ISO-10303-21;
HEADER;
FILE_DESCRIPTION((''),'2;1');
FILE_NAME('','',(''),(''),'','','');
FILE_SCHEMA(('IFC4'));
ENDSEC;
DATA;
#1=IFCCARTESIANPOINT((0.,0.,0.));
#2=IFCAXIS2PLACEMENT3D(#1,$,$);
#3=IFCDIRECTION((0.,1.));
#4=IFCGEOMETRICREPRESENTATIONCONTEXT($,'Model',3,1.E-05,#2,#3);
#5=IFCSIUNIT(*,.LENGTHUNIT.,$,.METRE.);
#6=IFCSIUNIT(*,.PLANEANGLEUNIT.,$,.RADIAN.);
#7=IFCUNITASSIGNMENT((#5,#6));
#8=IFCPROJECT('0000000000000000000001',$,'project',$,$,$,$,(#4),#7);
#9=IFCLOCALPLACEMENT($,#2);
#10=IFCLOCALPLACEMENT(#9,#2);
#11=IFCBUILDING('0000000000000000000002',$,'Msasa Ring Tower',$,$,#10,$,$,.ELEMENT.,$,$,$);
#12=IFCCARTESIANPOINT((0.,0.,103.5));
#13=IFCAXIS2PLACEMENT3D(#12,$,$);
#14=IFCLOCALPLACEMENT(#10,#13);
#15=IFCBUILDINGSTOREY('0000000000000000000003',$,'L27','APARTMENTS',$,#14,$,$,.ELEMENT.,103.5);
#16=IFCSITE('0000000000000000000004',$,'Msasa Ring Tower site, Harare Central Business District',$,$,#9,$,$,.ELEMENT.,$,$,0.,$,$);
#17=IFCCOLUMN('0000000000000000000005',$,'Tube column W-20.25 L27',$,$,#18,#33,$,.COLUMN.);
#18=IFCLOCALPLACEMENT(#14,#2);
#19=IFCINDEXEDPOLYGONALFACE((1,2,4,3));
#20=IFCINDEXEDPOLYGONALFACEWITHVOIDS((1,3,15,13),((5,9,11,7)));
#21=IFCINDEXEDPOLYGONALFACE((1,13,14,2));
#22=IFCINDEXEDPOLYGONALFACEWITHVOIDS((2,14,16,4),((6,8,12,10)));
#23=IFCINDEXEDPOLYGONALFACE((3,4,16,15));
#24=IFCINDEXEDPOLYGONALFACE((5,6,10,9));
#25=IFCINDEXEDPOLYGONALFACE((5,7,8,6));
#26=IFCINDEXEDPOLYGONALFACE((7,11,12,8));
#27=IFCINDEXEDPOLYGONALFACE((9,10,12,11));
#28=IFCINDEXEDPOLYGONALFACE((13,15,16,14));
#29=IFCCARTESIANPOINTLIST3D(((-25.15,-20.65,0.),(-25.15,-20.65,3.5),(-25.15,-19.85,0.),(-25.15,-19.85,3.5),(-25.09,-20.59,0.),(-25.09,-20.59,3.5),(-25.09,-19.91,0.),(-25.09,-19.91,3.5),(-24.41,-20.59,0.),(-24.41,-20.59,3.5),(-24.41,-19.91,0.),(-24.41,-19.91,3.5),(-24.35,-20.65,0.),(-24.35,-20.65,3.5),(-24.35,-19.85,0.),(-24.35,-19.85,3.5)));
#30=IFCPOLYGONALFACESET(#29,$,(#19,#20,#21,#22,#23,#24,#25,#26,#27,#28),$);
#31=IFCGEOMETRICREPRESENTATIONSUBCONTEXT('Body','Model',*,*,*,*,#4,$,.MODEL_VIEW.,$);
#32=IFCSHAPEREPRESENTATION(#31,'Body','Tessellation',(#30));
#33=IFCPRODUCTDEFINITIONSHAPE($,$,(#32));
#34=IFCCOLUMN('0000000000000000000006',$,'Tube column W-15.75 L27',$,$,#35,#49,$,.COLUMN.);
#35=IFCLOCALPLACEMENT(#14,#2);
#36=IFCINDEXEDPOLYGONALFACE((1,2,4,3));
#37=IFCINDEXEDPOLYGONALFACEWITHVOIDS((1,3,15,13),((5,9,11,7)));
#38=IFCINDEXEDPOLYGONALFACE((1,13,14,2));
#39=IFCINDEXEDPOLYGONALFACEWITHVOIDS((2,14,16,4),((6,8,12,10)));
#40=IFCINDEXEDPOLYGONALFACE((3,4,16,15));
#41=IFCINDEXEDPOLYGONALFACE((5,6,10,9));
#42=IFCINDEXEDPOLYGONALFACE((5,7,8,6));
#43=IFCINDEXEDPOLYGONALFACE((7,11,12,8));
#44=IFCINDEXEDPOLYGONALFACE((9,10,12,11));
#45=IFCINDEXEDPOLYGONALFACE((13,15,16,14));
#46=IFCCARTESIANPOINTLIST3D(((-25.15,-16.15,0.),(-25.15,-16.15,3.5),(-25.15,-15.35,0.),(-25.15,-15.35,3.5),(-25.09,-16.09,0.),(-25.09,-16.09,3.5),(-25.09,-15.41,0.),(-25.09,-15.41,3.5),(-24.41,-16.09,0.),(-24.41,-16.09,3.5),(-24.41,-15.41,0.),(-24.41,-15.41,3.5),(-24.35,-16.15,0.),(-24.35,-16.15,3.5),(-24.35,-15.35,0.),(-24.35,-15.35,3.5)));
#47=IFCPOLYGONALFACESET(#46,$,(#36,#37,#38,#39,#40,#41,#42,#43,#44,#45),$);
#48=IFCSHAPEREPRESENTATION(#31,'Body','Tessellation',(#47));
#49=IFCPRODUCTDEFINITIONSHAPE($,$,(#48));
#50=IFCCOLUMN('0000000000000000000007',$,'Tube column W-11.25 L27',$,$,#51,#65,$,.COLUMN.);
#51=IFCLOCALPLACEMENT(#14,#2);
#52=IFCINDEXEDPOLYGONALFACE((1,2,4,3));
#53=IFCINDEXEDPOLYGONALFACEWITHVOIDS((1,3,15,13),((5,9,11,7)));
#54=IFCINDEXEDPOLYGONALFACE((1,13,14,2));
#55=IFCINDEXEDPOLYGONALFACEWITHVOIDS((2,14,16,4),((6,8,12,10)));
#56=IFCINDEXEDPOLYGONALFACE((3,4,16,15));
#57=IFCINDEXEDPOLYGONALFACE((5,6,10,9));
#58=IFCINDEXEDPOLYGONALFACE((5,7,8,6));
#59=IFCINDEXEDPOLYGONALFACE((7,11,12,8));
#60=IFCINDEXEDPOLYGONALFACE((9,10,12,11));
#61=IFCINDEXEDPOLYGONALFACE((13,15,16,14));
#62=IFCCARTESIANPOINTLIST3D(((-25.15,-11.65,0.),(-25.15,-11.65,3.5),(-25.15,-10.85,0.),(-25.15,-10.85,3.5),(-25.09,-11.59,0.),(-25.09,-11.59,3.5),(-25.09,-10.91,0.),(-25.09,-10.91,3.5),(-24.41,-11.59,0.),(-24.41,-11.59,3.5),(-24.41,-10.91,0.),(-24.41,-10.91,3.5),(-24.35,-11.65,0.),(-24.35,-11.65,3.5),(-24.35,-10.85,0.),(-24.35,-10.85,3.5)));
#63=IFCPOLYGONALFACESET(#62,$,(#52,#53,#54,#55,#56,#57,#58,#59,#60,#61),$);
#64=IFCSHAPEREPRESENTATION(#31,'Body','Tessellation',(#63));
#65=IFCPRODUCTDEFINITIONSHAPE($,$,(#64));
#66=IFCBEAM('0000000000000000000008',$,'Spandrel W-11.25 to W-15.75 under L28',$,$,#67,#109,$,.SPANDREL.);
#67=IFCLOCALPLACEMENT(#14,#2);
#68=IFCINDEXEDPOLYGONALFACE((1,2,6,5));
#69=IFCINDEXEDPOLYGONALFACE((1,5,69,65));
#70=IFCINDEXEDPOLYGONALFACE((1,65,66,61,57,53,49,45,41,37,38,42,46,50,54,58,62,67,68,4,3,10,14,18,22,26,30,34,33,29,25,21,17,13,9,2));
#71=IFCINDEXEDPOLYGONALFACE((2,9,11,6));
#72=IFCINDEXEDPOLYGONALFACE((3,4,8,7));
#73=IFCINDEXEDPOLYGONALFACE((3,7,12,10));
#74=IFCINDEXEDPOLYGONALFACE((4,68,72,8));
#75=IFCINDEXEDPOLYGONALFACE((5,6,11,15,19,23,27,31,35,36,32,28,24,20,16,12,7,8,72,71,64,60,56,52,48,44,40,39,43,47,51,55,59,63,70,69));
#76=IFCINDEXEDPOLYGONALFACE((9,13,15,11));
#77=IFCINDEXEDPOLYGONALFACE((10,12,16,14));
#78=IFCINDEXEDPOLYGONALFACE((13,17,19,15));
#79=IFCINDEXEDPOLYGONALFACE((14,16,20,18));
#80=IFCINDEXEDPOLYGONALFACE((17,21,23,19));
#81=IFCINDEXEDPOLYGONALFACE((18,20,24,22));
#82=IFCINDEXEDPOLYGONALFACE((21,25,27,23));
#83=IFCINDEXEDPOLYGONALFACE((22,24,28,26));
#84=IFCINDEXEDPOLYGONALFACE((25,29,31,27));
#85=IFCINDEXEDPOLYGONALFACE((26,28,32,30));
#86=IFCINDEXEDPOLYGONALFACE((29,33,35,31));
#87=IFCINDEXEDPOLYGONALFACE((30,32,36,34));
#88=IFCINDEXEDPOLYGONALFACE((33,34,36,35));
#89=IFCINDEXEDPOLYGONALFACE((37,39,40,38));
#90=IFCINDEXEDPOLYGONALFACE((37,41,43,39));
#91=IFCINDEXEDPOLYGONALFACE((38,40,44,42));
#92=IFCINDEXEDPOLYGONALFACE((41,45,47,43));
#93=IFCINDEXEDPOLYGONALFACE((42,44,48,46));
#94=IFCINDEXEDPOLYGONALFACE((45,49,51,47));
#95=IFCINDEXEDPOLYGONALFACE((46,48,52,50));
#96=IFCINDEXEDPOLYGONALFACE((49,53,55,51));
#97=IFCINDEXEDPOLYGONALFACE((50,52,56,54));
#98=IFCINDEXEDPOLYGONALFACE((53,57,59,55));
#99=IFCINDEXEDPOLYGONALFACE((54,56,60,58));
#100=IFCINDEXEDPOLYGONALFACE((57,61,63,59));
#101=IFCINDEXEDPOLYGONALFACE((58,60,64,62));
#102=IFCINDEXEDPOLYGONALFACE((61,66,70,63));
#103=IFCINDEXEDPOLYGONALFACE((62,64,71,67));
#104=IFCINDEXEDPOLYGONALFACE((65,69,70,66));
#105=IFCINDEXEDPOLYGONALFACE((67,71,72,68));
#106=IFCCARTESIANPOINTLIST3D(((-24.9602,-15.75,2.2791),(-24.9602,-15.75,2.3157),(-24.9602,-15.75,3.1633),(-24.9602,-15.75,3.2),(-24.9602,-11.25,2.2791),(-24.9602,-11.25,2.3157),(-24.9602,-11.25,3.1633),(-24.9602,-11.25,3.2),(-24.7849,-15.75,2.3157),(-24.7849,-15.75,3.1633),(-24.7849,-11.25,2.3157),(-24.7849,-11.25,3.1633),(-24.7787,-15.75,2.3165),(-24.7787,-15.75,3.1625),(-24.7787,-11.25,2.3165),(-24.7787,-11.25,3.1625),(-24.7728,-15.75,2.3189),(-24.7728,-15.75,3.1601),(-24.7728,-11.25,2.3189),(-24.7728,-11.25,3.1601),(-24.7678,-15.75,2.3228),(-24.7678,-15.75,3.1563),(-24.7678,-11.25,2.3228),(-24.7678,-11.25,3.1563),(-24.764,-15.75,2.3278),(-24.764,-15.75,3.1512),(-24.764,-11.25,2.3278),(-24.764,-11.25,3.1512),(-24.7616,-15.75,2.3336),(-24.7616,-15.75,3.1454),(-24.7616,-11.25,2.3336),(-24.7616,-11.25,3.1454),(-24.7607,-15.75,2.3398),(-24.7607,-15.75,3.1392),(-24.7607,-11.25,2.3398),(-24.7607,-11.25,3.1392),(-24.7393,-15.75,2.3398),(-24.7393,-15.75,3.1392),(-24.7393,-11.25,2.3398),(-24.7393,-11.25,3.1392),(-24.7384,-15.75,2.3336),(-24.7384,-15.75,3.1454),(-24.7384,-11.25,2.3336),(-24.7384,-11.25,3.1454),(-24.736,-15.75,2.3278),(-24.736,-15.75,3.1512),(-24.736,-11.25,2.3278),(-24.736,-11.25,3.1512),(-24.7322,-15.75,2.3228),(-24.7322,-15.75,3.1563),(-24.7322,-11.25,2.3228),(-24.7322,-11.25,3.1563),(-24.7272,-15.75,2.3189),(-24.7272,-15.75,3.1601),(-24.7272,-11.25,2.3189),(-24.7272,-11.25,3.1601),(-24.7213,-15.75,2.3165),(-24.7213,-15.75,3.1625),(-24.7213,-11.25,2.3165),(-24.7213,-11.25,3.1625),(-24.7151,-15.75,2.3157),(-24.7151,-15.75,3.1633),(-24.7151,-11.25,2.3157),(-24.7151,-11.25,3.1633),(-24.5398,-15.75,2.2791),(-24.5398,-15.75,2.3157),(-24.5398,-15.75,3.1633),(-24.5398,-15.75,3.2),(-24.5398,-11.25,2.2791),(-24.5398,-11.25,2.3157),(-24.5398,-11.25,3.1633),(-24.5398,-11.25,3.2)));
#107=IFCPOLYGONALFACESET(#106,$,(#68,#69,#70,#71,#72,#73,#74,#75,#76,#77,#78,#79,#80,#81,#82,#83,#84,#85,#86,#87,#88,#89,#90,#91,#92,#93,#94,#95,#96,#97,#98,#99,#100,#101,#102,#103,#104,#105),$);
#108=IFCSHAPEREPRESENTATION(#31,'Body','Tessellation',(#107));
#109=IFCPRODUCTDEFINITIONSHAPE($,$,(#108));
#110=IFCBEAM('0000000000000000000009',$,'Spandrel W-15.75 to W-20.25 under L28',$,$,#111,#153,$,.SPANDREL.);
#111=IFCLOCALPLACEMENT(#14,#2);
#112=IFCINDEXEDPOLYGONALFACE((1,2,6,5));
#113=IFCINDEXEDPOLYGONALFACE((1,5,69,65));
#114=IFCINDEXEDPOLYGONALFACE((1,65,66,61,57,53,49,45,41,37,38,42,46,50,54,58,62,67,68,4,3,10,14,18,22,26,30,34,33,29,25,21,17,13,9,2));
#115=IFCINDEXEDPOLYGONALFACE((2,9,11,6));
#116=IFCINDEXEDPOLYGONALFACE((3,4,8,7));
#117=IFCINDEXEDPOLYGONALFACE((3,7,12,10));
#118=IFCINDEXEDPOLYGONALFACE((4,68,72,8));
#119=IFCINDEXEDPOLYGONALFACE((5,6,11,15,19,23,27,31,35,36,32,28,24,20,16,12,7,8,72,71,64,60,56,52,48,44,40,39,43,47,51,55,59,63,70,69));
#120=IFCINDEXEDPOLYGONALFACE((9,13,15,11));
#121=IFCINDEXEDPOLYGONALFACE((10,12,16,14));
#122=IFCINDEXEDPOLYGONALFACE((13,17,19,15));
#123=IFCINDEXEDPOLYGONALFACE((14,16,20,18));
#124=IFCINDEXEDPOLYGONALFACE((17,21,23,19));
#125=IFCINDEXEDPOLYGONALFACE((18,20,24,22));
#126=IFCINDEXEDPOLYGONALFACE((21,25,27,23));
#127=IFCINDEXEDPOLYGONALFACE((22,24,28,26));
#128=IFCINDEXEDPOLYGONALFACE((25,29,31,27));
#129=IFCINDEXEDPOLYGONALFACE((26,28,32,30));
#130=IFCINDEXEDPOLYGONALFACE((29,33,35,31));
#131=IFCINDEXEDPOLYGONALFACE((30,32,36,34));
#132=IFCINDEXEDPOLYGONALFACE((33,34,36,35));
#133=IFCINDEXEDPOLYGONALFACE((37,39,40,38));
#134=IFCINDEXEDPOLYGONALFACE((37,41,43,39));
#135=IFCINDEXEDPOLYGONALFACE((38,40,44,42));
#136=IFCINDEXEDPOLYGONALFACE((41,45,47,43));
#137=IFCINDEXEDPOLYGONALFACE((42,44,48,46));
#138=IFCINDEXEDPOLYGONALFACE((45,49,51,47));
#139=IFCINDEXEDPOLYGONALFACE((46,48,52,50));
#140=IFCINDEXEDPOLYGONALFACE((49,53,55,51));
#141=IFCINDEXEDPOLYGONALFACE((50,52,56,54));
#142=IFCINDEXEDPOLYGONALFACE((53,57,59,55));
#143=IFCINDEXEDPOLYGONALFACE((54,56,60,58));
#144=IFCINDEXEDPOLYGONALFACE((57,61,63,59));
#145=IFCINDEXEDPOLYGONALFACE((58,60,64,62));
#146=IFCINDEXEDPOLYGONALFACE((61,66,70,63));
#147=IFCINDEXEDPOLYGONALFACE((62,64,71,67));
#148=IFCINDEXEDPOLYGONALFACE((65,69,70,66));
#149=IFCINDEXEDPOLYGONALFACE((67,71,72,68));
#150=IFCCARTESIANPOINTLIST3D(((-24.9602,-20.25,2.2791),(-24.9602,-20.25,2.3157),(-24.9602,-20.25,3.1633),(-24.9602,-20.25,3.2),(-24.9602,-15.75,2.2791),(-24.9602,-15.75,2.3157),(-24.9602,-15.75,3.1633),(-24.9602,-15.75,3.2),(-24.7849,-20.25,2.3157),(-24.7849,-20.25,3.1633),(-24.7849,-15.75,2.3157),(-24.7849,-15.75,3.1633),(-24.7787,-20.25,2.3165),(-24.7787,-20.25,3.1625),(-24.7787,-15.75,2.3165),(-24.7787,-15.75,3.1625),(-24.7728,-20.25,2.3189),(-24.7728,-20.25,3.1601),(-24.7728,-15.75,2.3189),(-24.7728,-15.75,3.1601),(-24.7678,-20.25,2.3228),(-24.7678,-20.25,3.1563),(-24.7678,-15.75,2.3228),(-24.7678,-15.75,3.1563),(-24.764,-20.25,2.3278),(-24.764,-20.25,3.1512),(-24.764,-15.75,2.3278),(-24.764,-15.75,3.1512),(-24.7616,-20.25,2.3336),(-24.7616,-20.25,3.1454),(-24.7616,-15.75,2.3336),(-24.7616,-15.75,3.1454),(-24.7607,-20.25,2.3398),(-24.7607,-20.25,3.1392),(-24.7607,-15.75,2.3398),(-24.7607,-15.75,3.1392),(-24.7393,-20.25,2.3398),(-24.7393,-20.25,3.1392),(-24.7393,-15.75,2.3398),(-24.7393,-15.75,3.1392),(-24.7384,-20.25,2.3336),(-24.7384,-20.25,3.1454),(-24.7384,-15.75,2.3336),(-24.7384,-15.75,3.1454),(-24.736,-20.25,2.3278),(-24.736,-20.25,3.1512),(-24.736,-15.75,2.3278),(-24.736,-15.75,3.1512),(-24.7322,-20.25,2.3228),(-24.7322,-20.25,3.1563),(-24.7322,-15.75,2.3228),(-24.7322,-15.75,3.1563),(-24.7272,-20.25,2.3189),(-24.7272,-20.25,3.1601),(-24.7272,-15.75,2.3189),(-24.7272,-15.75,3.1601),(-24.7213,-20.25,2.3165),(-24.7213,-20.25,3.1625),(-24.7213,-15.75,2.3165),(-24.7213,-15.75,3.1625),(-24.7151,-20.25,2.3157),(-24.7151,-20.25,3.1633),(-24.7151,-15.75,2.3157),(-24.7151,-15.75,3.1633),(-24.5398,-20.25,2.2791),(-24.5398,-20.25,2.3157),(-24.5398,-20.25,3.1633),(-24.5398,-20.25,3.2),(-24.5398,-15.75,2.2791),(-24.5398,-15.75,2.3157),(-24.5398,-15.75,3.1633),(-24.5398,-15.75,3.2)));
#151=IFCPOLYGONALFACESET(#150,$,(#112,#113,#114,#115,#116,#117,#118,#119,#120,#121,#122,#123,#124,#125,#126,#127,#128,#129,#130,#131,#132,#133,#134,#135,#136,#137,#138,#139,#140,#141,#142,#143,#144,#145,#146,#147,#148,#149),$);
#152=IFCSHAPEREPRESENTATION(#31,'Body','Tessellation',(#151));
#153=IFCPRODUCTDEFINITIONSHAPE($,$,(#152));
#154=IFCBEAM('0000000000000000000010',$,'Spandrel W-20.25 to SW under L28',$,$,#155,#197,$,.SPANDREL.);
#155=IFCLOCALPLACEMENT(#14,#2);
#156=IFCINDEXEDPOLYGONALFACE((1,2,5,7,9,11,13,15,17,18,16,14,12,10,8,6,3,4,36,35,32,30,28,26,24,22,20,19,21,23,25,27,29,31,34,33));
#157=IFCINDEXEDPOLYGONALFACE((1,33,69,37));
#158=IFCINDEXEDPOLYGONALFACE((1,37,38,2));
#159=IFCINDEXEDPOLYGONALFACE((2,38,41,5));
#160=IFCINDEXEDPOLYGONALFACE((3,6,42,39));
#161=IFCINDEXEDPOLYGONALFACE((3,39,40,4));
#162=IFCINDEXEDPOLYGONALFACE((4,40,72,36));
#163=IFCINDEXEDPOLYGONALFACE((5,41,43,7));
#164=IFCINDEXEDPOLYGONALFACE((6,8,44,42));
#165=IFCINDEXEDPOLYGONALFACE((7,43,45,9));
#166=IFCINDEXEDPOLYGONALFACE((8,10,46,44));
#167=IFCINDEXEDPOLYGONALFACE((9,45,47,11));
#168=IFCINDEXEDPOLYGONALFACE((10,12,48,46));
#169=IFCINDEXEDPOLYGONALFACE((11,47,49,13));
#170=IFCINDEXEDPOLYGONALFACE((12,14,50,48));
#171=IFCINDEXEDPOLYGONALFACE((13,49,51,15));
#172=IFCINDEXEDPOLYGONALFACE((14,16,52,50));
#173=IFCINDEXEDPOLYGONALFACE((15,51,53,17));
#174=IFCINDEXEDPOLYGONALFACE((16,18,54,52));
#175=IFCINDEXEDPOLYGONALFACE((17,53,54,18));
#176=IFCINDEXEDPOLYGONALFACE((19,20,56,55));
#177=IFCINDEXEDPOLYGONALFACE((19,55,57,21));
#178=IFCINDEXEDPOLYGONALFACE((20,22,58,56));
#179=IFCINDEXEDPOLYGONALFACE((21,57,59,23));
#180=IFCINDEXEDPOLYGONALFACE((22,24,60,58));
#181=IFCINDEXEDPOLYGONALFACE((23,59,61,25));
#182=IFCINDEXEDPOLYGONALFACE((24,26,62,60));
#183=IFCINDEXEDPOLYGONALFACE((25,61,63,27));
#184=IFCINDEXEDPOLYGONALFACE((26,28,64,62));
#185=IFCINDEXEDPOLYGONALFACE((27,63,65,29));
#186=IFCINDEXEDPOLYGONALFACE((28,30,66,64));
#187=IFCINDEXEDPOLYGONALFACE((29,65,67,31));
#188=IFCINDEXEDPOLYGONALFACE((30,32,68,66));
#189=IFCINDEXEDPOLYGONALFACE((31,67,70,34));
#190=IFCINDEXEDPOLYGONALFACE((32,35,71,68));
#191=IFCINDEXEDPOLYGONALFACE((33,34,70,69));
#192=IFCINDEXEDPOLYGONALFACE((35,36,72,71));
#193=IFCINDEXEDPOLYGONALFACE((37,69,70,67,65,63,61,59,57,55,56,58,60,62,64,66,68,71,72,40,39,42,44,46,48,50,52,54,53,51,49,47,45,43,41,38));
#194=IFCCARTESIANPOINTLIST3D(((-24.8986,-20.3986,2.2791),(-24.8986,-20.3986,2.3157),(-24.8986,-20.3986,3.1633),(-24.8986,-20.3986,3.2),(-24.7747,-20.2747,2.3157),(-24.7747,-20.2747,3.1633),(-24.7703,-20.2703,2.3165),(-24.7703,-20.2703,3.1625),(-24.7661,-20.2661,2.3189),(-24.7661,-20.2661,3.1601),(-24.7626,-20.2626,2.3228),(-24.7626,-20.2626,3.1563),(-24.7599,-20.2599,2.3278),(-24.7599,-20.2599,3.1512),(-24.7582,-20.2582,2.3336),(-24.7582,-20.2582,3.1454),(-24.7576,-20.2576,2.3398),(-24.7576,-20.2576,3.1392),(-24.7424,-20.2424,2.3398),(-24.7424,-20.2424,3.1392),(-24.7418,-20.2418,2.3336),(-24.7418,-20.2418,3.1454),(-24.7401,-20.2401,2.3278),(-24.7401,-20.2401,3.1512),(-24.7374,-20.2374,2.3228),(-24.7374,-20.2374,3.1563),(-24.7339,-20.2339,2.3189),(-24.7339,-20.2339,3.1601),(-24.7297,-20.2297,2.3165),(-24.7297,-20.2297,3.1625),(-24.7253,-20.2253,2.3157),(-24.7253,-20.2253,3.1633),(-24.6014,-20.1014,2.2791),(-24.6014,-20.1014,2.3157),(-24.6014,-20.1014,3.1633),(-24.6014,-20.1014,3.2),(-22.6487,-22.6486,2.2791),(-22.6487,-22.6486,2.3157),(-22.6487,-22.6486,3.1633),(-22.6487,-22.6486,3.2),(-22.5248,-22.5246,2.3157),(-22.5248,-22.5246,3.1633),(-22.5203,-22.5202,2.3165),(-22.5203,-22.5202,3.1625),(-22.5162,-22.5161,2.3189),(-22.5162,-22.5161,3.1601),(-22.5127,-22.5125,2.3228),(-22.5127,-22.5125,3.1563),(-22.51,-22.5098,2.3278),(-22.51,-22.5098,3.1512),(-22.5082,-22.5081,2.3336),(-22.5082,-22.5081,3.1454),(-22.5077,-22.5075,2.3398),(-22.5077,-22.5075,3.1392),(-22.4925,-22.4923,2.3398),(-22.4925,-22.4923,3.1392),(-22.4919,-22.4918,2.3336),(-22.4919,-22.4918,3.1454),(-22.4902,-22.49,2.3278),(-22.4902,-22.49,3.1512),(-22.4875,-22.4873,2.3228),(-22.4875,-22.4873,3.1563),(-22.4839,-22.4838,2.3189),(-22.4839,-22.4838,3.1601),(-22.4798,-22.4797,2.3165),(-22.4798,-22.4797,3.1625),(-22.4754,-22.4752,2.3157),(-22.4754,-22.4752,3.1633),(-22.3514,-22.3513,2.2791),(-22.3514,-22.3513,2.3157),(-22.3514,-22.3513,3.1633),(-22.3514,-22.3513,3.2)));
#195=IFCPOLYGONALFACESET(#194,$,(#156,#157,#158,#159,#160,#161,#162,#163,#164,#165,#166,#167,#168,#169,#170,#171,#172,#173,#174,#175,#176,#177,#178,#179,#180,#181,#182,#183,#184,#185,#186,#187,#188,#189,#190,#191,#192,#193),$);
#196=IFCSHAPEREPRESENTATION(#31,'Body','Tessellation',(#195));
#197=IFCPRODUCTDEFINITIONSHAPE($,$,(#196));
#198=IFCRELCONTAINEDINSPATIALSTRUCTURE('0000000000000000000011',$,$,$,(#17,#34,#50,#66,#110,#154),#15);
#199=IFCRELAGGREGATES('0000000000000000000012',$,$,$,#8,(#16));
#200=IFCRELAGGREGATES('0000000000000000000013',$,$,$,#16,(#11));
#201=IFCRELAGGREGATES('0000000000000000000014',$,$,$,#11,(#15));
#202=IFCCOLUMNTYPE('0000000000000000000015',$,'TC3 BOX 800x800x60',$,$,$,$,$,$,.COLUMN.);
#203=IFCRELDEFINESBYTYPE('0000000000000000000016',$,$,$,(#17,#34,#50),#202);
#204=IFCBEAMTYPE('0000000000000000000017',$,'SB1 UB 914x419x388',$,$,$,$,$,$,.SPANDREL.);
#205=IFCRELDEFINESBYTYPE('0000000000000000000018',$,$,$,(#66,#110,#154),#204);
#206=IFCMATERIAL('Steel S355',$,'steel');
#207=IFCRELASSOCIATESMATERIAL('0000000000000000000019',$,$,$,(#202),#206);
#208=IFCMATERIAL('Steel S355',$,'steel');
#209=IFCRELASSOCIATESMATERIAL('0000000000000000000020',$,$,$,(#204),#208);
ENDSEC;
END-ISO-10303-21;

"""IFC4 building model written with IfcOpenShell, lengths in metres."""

from ifc_helpers import new_model, si_unit, direction, frame, origin, origin_2d, place, context, subcontext, project, spatial, hollow_rectangle, i_section, extrude, material, material_profile, profile_set, type_object, element, save


model = new_model("IFC4")

# Units and contexts
model_context = context("Model", 3, precision=1e-05, world=origin(), true_north=direction((0.0, 1.0)))
body_context = subcontext(model_context, "Body", "Model", "MODEL_VIEW")
ifc_project = project(units=[si_unit("LENGTHUNIT", "METRE"), si_unit("PLANEANGLEUNIT", "RADIAN")], contexts=[model_context])

# Site, building, storey
site_placement = place(None, origin())
site = spatial("IfcSite", under=ifc_project, at=site_placement, Name="Msasa Ring Tower site, Harare Central Business District", CompositionType="ELEMENT", RefElevation=0.0)
building_placement = place(site_placement, origin())
building = spatial("IfcBuilding", under=site, at=building_placement, Name="Msasa Ring Tower", CompositionType="ELEMENT")
storey_placement = place(building_placement, frame((0.0, 0.0, 103.5)))
storey = spatial("IfcBuildingStorey", under=building, at=storey_placement, Name="L27", Description="APARTMENTS", CompositionType="ELEMENT", Elevation=103.5)

# Columns
ifc_material_1 = material(Name="Steel S355", Category="steel")
ifc_material_profile_1 = material_profile(ifc_material_1, hollow_rectangle(XDim=0.8, YDim=0.8, WallThickness=0.0601, at=origin_2d()), Name="BOX 800x800x60")
ifc_profile_set_1 = profile_set([ifc_material_profile_1], Name="Steel S355")
column_type = type_object("IfcColumnType", Name="TC3 BOX 800x800x60", PredefinedType="COLUMN", material=ifc_profile_set_1)
for number, where, z_axis, x_axis, name in (
    (1, (-24.75, -20.25, 0.0), (0.0, 0.0, 1.0), (1.0, 0.0, 0.0), "Tube column W-20.25 L27"),
    (2, (-24.75, -15.75, 0.0), (0.0, 0.0, 1.0), (1.0, 0.0, 0.0), "Tube column W-15.75 L27"),
    (3, (-24.75, -11.25, 0.0), (0.0, 0.0, 1.0), (1.0, 0.0, 0.0), "Tube column W-11.25 L27"),
):
    element("IfcColumn", number, at=place(storey_placement, frame(where, z_axis=z_axis, x_axis=x_axis)), inside=storey, type_object=column_type, Name=name, PredefinedType="COLUMN", context=body_context, shape_type="SweptSolid", body=[
        extrude(hollow_rectangle(XDim=0.8, YDim=0.8, WallThickness=0.0601, at=origin_2d()), origin(), (0.0, 0.0, 1.0), 3.5),
    ])

# Beams
ifc_material_2 = material(Name="Steel S355", Category="steel")
ifc_material_profile_2 = material_profile(ifc_material_2, i_section(OverallWidth=0.4204, OverallDepth=0.9209, WebThickness=0.0215, FlangeThickness=0.0366, FilletRadius=0.0242, at=origin_2d()), Name="UB 914x419x388")
ifc_profile_set_2 = profile_set([ifc_material_profile_2], Name="Steel S355")
beam_type = type_object("IfcBeamType", Name="SB1 UB 914x419x388", PredefinedType="SPANDREL", material=ifc_profile_set_2)
for number, where, z_axis, x_axis, name in (
    (4, (-24.75, -11.25, 2.7395), (0.0, -1.0, 0.0), (1.0, 0.0, 0.0), "Spandrel W-11.25 to W-15.75 under L28"),
    (5, (-24.75, -15.75, 2.7395), (0.0, -1.0, 0.0), (1.0, 0.0, 0.0), "Spandrel W-15.75 to W-20.25 under L28"),
):
    element("IfcBeam", number, at=place(storey_placement, frame(where, z_axis=z_axis, x_axis=x_axis)), inside=storey, type_object=beam_type, Name=name, PredefinedType="SPANDREL", context=body_context, shape_type="SweptSolid", body=[
        extrude(i_section(OverallWidth=0.4204, OverallDepth=0.9209, WebThickness=0.0215, FlangeThickness=0.0366, FilletRadius=0.0242, at=origin_2d()), origin(), (0.0, 0.0, 1.0), 4.5),
    ])
beam_placement = place(storey_placement, frame((-24.75, -20.25, 2.7395), z_axis=(0.707107, -0.707107, 0.0), x_axis=(0.707107, 0.707107, 0.0)))
element("IfcBeam", 6, at=beam_placement, inside=storey, type_object=beam_type, Name="Spandrel W-20.25 to SW under L28", PredefinedType="SPANDREL", context=body_context, shape_type="SweptSolid", body=[
    extrude(i_section(OverallWidth=0.4204, OverallDepth=0.9209, WebThickness=0.0215, FlangeThickness=0.0366, FilletRadius=0.0242, at=origin_2d()), origin(), (0.0, 0.0, 1.0), 3.1819),
])

save(model, "model.ifc")
